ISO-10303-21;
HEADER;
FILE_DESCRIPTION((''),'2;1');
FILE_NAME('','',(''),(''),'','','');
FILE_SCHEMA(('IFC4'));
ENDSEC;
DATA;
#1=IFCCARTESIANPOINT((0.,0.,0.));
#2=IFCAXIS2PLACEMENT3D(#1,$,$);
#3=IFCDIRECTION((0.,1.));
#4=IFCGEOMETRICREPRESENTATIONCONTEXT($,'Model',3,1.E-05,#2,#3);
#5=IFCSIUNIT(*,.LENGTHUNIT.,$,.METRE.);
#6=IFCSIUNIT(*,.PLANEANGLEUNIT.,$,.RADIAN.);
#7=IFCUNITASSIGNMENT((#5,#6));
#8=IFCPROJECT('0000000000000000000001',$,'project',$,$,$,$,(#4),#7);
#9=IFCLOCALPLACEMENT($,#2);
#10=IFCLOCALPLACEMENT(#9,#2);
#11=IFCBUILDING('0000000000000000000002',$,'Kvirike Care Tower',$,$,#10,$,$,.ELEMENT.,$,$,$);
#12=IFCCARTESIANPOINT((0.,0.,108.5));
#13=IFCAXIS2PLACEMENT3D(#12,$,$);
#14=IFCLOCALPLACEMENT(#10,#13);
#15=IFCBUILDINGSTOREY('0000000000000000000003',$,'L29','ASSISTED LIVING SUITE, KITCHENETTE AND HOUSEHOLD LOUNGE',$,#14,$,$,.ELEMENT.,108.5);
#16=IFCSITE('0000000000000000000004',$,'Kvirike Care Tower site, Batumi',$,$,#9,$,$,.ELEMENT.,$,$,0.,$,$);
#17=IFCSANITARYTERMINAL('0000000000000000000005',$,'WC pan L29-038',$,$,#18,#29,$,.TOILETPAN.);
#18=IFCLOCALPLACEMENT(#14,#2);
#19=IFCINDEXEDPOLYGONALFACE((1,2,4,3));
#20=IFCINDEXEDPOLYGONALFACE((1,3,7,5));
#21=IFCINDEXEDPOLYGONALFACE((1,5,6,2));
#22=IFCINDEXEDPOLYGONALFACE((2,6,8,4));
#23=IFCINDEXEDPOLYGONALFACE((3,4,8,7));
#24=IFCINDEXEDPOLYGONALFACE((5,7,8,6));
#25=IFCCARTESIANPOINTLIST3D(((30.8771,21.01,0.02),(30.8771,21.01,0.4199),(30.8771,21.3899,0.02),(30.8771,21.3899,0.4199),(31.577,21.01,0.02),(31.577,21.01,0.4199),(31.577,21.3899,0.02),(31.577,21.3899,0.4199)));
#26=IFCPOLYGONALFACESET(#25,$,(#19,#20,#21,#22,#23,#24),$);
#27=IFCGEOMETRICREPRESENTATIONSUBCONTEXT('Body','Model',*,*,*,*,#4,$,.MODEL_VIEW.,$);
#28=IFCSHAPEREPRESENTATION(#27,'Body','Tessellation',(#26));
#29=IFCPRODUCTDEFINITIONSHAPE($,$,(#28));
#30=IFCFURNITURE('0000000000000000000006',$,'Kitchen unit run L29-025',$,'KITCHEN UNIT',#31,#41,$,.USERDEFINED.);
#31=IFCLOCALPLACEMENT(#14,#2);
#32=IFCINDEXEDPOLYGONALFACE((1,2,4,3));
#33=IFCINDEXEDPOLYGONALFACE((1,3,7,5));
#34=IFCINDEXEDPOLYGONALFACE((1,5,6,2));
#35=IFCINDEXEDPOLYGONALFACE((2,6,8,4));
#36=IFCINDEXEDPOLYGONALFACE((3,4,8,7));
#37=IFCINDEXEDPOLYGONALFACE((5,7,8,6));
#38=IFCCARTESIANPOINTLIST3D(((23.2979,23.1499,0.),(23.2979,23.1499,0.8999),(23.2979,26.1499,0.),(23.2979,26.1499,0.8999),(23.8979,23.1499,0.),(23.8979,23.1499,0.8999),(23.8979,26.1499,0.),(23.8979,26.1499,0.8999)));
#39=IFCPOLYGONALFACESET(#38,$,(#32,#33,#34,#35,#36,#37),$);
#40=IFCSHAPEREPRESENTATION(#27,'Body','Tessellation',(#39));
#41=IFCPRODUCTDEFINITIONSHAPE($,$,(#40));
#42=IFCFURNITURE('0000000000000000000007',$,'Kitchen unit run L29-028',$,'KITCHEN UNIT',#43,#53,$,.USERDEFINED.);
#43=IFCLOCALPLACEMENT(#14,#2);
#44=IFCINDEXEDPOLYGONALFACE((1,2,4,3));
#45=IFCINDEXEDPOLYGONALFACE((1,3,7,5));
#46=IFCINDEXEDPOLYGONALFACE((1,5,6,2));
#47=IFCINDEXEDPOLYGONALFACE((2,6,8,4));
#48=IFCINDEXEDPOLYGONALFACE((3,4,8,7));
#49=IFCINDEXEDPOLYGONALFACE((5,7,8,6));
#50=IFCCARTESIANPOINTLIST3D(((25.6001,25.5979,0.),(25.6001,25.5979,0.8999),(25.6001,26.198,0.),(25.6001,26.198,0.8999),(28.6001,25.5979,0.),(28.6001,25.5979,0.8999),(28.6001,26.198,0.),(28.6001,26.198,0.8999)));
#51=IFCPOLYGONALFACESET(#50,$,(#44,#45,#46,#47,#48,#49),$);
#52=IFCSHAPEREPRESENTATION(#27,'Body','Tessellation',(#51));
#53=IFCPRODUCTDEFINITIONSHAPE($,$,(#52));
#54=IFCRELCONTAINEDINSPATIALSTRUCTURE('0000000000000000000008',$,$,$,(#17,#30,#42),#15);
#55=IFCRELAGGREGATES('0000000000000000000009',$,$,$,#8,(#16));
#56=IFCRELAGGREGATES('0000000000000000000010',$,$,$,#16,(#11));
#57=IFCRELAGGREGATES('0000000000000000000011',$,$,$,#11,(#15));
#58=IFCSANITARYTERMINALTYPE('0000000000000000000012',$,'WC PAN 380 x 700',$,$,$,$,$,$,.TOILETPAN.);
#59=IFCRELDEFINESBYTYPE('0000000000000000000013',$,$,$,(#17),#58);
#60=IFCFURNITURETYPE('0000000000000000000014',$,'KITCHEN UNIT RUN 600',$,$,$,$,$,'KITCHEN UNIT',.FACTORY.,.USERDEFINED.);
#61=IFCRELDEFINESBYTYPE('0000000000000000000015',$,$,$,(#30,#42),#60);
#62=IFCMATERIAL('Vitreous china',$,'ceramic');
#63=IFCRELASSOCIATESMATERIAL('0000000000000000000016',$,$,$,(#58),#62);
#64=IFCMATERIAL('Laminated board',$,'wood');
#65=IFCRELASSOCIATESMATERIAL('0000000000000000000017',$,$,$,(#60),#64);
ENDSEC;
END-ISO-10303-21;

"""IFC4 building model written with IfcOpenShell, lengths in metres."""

from ifc_helpers import new_model, si_unit, direction, frame, origin, origin_2d, place, context, subcontext, project, spatial, rectangle, extrude, material, type_object, element, save


model = new_model("IFC4")

# Units and contexts
model_context = context("Model", 3, precision=1e-05, world=origin(), true_north=direction((0.0, 1.0)))
body_context = subcontext(model_context, "Body", "Model", "MODEL_VIEW")
ifc_project = project(units=[si_unit("LENGTHUNIT", "METRE"), si_unit("PLANEANGLEUNIT", "RADIAN")], contexts=[model_context])

# Site, building, storey
site_placement = place(None, origin())
site = spatial("IfcSite", under=ifc_project, at=site_placement, Name="Kvirike Care Tower site, Batumi", CompositionType="ELEMENT", RefElevation=0.0)
building_placement = place(site_placement, origin())
building = spatial("IfcBuilding", under=site, at=building_placement, Name="Kvirike Care Tower", CompositionType="ELEMENT")
storey_placement = place(building_placement, frame((0.0, 0.0, 108.5)))
storey = spatial("IfcBuildingStorey", under=building, at=storey_placement, Name="L29", Description="ASSISTED LIVING SUITE, KITCHENETTE AND HOUSEHOLD LOUNGE", CompositionType="ELEMENT", Elevation=108.5)

# Sanitary terminal
ifc_material_1 = material(Name="Vitreous china", Category="ceramic")
sanitary_terminal_type_1 = type_object("IfcSanitaryTerminalType", Name="WC PAN 380 x 700", PredefinedType="TOILETPAN", material=ifc_material_1)
sanitary_terminal_placement = place(storey_placement, frame((31.2271, 21.2, 0.02), z_axis=(0.0, 0.0, 1.0), x_axis=(0.0, 1.0, 0.0)))
element("IfcSanitaryTerminal", 1, at=sanitary_terminal_placement, inside=storey, type_object=sanitary_terminal_type_1, Name="WC pan L29-038", PredefinedType="TOILETPAN", context=body_context, shape_type="SweptSolid", body=[
    extrude(rectangle(XDim=0.3799, YDim=0.7, at=origin_2d()), origin(), (0.0, 0.0, 1.0), 0.3999),
])

# Furniture
ifc_material_2 = material(Name="Laminated board", Category="wood")
furniture_type = type_object("IfcFurnitureType", Name="KITCHEN UNIT RUN 600", ElementType="KITCHEN UNIT", AssemblyPlace="FACTORY", PredefinedType="USERDEFINED", material=ifc_material_2)
for number, where, z_axis, x_axis, name in (
    (2, (23.5979, 24.6499, 0.0), (0.0, 0.0, 1.0), (0.0, -1.0, 0.0), "Kitchen unit run L29-025"),
    (3, (27.1001, 25.8979, 0.0), (0.0, 0.0, 1.0), (1.0, 0.0, 0.0), "Kitchen unit run L29-028"),
):
    element("IfcFurniture", number, at=place(storey_placement, frame(where, z_axis=z_axis, x_axis=x_axis)), inside=storey, type_object=furniture_type, Name=name, ObjectType="KITCHEN UNIT", PredefinedType="USERDEFINED", context=body_context, shape_type="SweptSolid", body=[
        extrude(rectangle(XDim=3.0, YDim=0.6001, at=origin_2d()), origin(), (0.0, 0.0, 1.0), 0.8999),
    ])

save(model, "model.ifc")
